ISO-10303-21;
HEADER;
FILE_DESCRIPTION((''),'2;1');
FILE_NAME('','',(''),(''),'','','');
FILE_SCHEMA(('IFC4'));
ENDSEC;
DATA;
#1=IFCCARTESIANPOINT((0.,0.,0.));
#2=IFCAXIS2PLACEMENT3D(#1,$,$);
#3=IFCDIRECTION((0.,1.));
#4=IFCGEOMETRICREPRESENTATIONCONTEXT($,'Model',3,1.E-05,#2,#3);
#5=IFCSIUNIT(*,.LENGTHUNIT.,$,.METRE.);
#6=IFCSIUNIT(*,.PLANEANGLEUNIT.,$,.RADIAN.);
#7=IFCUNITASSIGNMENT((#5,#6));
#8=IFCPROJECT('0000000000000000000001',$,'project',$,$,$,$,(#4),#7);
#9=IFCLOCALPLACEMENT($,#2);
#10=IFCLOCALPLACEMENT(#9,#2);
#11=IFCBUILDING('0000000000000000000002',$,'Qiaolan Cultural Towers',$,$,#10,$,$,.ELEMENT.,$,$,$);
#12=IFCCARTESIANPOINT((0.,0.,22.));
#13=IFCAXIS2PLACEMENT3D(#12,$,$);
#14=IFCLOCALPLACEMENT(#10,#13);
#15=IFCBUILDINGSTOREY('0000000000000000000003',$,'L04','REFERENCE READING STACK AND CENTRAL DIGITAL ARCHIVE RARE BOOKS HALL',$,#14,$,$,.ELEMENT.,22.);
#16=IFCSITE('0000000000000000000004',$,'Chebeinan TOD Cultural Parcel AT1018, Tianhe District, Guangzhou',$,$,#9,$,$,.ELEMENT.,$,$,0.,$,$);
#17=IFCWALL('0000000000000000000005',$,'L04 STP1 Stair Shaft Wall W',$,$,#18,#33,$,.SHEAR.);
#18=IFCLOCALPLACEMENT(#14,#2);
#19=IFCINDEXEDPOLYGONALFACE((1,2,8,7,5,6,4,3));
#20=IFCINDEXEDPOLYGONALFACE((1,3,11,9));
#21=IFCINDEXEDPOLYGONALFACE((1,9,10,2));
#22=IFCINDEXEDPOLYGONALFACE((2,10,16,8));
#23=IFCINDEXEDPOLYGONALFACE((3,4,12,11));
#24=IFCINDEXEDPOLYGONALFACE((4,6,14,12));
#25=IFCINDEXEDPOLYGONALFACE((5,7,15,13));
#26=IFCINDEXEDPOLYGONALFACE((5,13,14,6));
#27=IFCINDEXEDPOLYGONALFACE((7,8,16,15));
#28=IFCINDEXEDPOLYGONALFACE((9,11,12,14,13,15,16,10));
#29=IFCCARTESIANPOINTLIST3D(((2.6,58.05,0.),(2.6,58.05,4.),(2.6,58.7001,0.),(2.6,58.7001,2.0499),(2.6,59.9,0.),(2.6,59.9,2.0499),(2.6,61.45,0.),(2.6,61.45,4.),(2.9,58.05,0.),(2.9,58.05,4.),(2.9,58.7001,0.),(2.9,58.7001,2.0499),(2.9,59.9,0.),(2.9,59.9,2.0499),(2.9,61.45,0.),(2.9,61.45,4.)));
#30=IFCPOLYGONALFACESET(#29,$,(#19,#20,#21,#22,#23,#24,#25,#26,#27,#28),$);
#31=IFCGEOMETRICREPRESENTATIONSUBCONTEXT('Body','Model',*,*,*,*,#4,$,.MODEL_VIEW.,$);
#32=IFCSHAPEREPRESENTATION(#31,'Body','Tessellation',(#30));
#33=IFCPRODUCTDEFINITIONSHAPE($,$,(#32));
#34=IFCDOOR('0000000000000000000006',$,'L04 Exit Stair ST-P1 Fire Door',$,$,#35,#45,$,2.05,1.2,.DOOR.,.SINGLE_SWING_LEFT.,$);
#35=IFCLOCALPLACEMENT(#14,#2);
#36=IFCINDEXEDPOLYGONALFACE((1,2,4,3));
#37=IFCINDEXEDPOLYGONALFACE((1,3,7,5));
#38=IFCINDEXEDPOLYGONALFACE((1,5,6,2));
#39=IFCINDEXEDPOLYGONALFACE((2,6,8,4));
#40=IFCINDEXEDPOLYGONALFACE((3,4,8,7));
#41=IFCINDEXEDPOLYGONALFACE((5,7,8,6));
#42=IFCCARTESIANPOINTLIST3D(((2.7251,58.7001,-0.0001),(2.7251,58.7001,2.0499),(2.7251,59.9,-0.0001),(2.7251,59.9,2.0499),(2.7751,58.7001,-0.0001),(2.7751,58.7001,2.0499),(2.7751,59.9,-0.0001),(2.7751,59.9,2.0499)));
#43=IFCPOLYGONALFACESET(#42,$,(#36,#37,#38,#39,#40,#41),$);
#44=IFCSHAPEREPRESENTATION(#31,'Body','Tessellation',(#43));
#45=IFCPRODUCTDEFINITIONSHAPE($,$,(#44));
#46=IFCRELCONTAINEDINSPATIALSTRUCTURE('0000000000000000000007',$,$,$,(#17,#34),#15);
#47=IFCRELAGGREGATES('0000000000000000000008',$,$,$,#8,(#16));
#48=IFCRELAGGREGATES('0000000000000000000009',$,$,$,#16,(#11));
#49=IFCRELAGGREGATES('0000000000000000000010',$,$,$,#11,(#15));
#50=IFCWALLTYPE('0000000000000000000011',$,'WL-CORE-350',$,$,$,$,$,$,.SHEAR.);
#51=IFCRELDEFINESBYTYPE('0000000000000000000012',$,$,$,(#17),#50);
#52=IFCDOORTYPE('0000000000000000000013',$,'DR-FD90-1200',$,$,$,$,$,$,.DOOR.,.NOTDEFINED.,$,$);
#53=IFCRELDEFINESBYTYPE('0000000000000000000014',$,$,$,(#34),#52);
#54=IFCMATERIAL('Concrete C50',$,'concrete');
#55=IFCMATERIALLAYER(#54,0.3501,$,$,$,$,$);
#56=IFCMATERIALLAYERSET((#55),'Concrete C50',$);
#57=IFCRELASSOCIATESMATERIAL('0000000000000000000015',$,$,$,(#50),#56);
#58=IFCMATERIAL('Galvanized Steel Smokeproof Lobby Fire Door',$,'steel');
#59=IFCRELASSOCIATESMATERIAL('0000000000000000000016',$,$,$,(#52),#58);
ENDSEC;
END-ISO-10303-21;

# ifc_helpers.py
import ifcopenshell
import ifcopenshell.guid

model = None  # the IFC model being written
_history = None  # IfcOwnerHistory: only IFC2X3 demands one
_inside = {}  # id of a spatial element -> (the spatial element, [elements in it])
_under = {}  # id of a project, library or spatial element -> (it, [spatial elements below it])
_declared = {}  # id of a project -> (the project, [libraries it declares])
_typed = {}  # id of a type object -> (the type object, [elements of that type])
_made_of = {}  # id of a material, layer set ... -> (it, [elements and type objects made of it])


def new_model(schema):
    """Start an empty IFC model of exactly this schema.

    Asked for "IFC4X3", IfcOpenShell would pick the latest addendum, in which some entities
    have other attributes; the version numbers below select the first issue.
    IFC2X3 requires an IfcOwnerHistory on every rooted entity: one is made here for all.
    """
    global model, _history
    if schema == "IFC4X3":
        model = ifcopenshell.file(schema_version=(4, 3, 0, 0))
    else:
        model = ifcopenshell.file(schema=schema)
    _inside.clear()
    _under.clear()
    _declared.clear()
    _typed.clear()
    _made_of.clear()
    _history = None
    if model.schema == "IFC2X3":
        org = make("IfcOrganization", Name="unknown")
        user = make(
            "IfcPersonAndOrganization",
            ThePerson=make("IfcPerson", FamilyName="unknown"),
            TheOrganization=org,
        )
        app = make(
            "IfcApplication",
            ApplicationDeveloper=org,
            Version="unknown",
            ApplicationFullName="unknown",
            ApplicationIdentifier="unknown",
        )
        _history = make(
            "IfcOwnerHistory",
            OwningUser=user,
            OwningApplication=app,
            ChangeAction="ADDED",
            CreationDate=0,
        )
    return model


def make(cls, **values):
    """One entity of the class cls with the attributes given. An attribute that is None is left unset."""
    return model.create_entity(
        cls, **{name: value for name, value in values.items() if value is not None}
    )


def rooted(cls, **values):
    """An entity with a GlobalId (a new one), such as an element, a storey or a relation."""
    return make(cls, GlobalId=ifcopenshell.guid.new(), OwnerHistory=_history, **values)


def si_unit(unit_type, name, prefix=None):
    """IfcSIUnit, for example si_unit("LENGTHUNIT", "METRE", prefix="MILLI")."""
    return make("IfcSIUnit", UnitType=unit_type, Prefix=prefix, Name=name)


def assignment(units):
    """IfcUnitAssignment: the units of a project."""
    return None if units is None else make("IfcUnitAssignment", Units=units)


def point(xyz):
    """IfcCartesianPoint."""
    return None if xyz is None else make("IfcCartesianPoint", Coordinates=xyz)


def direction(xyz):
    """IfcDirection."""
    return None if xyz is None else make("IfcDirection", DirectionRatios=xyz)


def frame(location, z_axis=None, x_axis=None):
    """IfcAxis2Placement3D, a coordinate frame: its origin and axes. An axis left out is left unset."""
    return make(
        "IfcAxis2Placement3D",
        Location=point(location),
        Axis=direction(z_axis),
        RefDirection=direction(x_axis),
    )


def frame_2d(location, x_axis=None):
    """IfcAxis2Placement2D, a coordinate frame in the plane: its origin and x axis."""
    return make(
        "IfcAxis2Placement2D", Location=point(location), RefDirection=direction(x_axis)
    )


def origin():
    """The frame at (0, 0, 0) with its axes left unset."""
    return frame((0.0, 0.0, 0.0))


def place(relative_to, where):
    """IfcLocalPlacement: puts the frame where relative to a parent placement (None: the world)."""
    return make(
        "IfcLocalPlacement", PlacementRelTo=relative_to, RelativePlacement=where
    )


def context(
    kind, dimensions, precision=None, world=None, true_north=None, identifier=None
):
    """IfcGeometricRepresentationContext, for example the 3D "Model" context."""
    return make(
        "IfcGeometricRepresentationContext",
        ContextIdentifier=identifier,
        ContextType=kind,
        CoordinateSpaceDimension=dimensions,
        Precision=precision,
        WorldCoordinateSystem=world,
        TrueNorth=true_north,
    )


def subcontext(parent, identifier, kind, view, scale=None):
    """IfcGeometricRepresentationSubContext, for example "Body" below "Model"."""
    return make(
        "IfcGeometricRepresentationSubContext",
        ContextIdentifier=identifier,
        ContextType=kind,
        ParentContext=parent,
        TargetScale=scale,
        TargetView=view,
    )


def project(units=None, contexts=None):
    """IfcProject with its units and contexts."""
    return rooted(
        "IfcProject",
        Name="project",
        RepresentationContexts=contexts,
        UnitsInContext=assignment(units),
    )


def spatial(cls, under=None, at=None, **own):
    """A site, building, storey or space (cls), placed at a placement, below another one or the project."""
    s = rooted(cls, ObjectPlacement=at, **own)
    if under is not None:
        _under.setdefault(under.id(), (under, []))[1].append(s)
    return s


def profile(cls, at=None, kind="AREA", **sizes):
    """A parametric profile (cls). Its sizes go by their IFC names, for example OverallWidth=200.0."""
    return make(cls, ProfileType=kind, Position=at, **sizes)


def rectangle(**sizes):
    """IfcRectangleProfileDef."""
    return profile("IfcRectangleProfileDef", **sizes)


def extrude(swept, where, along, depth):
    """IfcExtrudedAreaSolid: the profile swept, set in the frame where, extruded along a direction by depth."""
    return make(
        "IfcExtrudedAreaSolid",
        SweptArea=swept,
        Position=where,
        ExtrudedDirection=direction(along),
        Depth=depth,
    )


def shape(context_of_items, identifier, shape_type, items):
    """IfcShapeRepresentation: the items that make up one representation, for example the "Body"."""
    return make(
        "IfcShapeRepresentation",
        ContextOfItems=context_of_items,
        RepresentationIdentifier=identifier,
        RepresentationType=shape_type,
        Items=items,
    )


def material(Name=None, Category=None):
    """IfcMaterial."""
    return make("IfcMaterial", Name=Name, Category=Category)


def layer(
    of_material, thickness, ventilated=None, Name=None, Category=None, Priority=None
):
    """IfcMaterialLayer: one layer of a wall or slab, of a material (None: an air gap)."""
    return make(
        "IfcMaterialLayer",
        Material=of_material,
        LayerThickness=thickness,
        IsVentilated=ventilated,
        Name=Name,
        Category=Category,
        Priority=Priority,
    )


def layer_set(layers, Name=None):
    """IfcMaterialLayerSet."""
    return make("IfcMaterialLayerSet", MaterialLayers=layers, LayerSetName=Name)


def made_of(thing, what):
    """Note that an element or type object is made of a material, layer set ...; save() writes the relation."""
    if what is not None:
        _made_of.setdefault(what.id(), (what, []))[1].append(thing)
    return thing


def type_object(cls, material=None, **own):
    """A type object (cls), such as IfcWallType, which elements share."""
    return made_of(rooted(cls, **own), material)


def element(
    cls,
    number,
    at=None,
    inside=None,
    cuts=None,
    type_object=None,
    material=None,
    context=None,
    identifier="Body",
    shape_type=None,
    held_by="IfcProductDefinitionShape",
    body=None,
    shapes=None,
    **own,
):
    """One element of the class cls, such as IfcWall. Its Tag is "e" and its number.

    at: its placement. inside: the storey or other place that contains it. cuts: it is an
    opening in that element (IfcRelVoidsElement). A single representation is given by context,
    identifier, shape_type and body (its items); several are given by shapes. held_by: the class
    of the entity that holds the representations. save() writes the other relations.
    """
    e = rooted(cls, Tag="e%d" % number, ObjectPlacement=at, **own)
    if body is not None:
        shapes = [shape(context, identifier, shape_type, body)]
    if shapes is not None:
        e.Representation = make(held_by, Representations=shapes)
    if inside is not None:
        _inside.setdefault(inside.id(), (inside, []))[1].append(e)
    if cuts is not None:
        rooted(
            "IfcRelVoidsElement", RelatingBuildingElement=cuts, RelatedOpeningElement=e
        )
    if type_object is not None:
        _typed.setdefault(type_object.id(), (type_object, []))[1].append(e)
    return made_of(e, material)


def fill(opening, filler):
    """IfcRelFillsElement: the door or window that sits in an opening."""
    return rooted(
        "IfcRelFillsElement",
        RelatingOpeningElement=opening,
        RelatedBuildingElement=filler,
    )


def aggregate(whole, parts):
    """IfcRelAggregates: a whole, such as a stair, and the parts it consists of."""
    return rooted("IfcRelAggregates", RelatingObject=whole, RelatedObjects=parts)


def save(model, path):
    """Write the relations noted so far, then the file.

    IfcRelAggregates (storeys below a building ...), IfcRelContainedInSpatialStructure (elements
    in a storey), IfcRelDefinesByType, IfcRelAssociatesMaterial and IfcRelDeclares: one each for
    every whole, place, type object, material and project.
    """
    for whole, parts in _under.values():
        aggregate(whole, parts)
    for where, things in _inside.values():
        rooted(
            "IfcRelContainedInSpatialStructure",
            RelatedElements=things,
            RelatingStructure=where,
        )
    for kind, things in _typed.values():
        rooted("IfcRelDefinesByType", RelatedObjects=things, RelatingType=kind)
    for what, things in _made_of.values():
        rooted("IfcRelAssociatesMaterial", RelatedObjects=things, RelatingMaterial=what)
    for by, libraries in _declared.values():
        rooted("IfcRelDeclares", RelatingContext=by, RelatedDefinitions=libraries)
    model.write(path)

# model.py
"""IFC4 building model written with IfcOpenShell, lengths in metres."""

from ifc_helpers import new_model, si_unit, direction, frame, frame_2d, origin, place, context, subcontext, project, spatial, rectangle, extrude, material, layer, layer_set, type_object, element, fill, save


model = new_model("IFC4")

# Units and contexts
model_context = context("Model", 3, precision=1e-05, world=origin(), true_north=direction((0.0, 1.0)))
body_context = subcontext(model_context, "Body", "Model", "MODEL_VIEW")
ifc_project = project(units=[si_unit("LENGTHUNIT", "METRE"), si_unit("PLANEANGLEUNIT", "RADIAN")], contexts=[model_context])

# Site, building, storey
site_placement = place(None, origin())
site = spatial("IfcSite", under=ifc_project, at=site_placement, Name="Chebeinan TOD Cultural Parcel AT1018, Tianhe District, Guangzhou", CompositionType="ELEMENT", RefElevation=0.0)
building_placement = place(site_placement, origin())
building = spatial("IfcBuilding", under=site, at=building_placement, Name="Qiaolan Cultural Towers", CompositionType="ELEMENT")
storey_placement = place(building_placement, frame((0.0, 0.0, 22.0)))
storey = spatial("IfcBuildingStorey", under=building, at=storey_placement, Name="L04", Description="REFERENCE READING STACK AND CENTRAL DIGITAL ARCHIVE RARE BOOKS HALL", CompositionType="ELEMENT", Elevation=22.0)

# Shared definitions
ifc_material_1 = material(Name="Concrete C50", Category="concrete")
ifc_layer_1 = layer(ifc_material_1, 0.3501)
ifc_layer_set_1 = layer_set([ifc_layer_1], Name="Concrete C50")
wall_type_1 = type_object("IfcWallType", Name="WL-CORE-350", PredefinedType="SHEAR", material=ifc_layer_set_1)

# Wall, opening, door
wall_1_placement = place(storey_placement, frame((2.75, 58.05, 0.0), z_axis=(0.0, 0.0, 1.0), x_axis=(0.0, 1.0, 0.0)))
wall_1 = element("IfcWall", 1, at=wall_1_placement, inside=storey, type_object=wall_type_1, Name="L04 STP1 Stair Shaft Wall W", PredefinedType="SHEAR", context=body_context, shape_type="SweptSolid", body=[
    extrude(rectangle(XDim=3.3999, YDim=0.3, at=frame_2d((1.7, 0.0))), origin(), (0.0, 0.0, 1.0), 4.0),
])
opening_1_placement = place(wall_1_placement, frame((0.6499, 0.0, 0.0)))
opening_1 = element("IfcOpeningElement", 2, at=opening_1_placement, cuts=wall_1, PredefinedType="OPENING", context=body_context, shape_type="SweptSolid", body=[
    extrude(rectangle(XDim=1.2, YDim=2.05, at=frame_2d((0.6001, 1.0249))), frame((0.0, 0.1599, 0.0), z_axis=(0.0, -1.0, 0.0), x_axis=(1.0, 0.0, 0.0)), (0.0, 0.0, 1.0), 0.3201),
])
ifc_material_2 = material(Name="Galvanized Steel Smokeproof Lobby Fire Door", Category="steel")
door_type = type_object("IfcDoorType", Name="DR-FD90-1200", OperationType="NOTDEFINED", PredefinedType="DOOR", material=ifc_material_2)
door_placement = place(opening_1_placement, origin())
door = element("IfcDoor", 3, at=door_placement, inside=storey, type_object=door_type, Name="L04 Exit Stair ST-P1 Fire Door", OperationType="SINGLE_SWING_LEFT", OverallHeight=2.05, OverallWidth=1.2, PredefinedType="DOOR", context=body_context, shape_type="SweptSolid", body=[
    extrude(rectangle(XDim=1.2, YDim=2.05, at=frame_2d((0.6001, 1.0249))), frame((0.0, 0.0249, 0.0), z_axis=(0.0, -1.0, 0.0), x_axis=(1.0, 0.0, 0.0)), (0.0, 0.0, 1.0), 0.05),
])
fill(opening_1, door)

save(model, "model.ifc")
